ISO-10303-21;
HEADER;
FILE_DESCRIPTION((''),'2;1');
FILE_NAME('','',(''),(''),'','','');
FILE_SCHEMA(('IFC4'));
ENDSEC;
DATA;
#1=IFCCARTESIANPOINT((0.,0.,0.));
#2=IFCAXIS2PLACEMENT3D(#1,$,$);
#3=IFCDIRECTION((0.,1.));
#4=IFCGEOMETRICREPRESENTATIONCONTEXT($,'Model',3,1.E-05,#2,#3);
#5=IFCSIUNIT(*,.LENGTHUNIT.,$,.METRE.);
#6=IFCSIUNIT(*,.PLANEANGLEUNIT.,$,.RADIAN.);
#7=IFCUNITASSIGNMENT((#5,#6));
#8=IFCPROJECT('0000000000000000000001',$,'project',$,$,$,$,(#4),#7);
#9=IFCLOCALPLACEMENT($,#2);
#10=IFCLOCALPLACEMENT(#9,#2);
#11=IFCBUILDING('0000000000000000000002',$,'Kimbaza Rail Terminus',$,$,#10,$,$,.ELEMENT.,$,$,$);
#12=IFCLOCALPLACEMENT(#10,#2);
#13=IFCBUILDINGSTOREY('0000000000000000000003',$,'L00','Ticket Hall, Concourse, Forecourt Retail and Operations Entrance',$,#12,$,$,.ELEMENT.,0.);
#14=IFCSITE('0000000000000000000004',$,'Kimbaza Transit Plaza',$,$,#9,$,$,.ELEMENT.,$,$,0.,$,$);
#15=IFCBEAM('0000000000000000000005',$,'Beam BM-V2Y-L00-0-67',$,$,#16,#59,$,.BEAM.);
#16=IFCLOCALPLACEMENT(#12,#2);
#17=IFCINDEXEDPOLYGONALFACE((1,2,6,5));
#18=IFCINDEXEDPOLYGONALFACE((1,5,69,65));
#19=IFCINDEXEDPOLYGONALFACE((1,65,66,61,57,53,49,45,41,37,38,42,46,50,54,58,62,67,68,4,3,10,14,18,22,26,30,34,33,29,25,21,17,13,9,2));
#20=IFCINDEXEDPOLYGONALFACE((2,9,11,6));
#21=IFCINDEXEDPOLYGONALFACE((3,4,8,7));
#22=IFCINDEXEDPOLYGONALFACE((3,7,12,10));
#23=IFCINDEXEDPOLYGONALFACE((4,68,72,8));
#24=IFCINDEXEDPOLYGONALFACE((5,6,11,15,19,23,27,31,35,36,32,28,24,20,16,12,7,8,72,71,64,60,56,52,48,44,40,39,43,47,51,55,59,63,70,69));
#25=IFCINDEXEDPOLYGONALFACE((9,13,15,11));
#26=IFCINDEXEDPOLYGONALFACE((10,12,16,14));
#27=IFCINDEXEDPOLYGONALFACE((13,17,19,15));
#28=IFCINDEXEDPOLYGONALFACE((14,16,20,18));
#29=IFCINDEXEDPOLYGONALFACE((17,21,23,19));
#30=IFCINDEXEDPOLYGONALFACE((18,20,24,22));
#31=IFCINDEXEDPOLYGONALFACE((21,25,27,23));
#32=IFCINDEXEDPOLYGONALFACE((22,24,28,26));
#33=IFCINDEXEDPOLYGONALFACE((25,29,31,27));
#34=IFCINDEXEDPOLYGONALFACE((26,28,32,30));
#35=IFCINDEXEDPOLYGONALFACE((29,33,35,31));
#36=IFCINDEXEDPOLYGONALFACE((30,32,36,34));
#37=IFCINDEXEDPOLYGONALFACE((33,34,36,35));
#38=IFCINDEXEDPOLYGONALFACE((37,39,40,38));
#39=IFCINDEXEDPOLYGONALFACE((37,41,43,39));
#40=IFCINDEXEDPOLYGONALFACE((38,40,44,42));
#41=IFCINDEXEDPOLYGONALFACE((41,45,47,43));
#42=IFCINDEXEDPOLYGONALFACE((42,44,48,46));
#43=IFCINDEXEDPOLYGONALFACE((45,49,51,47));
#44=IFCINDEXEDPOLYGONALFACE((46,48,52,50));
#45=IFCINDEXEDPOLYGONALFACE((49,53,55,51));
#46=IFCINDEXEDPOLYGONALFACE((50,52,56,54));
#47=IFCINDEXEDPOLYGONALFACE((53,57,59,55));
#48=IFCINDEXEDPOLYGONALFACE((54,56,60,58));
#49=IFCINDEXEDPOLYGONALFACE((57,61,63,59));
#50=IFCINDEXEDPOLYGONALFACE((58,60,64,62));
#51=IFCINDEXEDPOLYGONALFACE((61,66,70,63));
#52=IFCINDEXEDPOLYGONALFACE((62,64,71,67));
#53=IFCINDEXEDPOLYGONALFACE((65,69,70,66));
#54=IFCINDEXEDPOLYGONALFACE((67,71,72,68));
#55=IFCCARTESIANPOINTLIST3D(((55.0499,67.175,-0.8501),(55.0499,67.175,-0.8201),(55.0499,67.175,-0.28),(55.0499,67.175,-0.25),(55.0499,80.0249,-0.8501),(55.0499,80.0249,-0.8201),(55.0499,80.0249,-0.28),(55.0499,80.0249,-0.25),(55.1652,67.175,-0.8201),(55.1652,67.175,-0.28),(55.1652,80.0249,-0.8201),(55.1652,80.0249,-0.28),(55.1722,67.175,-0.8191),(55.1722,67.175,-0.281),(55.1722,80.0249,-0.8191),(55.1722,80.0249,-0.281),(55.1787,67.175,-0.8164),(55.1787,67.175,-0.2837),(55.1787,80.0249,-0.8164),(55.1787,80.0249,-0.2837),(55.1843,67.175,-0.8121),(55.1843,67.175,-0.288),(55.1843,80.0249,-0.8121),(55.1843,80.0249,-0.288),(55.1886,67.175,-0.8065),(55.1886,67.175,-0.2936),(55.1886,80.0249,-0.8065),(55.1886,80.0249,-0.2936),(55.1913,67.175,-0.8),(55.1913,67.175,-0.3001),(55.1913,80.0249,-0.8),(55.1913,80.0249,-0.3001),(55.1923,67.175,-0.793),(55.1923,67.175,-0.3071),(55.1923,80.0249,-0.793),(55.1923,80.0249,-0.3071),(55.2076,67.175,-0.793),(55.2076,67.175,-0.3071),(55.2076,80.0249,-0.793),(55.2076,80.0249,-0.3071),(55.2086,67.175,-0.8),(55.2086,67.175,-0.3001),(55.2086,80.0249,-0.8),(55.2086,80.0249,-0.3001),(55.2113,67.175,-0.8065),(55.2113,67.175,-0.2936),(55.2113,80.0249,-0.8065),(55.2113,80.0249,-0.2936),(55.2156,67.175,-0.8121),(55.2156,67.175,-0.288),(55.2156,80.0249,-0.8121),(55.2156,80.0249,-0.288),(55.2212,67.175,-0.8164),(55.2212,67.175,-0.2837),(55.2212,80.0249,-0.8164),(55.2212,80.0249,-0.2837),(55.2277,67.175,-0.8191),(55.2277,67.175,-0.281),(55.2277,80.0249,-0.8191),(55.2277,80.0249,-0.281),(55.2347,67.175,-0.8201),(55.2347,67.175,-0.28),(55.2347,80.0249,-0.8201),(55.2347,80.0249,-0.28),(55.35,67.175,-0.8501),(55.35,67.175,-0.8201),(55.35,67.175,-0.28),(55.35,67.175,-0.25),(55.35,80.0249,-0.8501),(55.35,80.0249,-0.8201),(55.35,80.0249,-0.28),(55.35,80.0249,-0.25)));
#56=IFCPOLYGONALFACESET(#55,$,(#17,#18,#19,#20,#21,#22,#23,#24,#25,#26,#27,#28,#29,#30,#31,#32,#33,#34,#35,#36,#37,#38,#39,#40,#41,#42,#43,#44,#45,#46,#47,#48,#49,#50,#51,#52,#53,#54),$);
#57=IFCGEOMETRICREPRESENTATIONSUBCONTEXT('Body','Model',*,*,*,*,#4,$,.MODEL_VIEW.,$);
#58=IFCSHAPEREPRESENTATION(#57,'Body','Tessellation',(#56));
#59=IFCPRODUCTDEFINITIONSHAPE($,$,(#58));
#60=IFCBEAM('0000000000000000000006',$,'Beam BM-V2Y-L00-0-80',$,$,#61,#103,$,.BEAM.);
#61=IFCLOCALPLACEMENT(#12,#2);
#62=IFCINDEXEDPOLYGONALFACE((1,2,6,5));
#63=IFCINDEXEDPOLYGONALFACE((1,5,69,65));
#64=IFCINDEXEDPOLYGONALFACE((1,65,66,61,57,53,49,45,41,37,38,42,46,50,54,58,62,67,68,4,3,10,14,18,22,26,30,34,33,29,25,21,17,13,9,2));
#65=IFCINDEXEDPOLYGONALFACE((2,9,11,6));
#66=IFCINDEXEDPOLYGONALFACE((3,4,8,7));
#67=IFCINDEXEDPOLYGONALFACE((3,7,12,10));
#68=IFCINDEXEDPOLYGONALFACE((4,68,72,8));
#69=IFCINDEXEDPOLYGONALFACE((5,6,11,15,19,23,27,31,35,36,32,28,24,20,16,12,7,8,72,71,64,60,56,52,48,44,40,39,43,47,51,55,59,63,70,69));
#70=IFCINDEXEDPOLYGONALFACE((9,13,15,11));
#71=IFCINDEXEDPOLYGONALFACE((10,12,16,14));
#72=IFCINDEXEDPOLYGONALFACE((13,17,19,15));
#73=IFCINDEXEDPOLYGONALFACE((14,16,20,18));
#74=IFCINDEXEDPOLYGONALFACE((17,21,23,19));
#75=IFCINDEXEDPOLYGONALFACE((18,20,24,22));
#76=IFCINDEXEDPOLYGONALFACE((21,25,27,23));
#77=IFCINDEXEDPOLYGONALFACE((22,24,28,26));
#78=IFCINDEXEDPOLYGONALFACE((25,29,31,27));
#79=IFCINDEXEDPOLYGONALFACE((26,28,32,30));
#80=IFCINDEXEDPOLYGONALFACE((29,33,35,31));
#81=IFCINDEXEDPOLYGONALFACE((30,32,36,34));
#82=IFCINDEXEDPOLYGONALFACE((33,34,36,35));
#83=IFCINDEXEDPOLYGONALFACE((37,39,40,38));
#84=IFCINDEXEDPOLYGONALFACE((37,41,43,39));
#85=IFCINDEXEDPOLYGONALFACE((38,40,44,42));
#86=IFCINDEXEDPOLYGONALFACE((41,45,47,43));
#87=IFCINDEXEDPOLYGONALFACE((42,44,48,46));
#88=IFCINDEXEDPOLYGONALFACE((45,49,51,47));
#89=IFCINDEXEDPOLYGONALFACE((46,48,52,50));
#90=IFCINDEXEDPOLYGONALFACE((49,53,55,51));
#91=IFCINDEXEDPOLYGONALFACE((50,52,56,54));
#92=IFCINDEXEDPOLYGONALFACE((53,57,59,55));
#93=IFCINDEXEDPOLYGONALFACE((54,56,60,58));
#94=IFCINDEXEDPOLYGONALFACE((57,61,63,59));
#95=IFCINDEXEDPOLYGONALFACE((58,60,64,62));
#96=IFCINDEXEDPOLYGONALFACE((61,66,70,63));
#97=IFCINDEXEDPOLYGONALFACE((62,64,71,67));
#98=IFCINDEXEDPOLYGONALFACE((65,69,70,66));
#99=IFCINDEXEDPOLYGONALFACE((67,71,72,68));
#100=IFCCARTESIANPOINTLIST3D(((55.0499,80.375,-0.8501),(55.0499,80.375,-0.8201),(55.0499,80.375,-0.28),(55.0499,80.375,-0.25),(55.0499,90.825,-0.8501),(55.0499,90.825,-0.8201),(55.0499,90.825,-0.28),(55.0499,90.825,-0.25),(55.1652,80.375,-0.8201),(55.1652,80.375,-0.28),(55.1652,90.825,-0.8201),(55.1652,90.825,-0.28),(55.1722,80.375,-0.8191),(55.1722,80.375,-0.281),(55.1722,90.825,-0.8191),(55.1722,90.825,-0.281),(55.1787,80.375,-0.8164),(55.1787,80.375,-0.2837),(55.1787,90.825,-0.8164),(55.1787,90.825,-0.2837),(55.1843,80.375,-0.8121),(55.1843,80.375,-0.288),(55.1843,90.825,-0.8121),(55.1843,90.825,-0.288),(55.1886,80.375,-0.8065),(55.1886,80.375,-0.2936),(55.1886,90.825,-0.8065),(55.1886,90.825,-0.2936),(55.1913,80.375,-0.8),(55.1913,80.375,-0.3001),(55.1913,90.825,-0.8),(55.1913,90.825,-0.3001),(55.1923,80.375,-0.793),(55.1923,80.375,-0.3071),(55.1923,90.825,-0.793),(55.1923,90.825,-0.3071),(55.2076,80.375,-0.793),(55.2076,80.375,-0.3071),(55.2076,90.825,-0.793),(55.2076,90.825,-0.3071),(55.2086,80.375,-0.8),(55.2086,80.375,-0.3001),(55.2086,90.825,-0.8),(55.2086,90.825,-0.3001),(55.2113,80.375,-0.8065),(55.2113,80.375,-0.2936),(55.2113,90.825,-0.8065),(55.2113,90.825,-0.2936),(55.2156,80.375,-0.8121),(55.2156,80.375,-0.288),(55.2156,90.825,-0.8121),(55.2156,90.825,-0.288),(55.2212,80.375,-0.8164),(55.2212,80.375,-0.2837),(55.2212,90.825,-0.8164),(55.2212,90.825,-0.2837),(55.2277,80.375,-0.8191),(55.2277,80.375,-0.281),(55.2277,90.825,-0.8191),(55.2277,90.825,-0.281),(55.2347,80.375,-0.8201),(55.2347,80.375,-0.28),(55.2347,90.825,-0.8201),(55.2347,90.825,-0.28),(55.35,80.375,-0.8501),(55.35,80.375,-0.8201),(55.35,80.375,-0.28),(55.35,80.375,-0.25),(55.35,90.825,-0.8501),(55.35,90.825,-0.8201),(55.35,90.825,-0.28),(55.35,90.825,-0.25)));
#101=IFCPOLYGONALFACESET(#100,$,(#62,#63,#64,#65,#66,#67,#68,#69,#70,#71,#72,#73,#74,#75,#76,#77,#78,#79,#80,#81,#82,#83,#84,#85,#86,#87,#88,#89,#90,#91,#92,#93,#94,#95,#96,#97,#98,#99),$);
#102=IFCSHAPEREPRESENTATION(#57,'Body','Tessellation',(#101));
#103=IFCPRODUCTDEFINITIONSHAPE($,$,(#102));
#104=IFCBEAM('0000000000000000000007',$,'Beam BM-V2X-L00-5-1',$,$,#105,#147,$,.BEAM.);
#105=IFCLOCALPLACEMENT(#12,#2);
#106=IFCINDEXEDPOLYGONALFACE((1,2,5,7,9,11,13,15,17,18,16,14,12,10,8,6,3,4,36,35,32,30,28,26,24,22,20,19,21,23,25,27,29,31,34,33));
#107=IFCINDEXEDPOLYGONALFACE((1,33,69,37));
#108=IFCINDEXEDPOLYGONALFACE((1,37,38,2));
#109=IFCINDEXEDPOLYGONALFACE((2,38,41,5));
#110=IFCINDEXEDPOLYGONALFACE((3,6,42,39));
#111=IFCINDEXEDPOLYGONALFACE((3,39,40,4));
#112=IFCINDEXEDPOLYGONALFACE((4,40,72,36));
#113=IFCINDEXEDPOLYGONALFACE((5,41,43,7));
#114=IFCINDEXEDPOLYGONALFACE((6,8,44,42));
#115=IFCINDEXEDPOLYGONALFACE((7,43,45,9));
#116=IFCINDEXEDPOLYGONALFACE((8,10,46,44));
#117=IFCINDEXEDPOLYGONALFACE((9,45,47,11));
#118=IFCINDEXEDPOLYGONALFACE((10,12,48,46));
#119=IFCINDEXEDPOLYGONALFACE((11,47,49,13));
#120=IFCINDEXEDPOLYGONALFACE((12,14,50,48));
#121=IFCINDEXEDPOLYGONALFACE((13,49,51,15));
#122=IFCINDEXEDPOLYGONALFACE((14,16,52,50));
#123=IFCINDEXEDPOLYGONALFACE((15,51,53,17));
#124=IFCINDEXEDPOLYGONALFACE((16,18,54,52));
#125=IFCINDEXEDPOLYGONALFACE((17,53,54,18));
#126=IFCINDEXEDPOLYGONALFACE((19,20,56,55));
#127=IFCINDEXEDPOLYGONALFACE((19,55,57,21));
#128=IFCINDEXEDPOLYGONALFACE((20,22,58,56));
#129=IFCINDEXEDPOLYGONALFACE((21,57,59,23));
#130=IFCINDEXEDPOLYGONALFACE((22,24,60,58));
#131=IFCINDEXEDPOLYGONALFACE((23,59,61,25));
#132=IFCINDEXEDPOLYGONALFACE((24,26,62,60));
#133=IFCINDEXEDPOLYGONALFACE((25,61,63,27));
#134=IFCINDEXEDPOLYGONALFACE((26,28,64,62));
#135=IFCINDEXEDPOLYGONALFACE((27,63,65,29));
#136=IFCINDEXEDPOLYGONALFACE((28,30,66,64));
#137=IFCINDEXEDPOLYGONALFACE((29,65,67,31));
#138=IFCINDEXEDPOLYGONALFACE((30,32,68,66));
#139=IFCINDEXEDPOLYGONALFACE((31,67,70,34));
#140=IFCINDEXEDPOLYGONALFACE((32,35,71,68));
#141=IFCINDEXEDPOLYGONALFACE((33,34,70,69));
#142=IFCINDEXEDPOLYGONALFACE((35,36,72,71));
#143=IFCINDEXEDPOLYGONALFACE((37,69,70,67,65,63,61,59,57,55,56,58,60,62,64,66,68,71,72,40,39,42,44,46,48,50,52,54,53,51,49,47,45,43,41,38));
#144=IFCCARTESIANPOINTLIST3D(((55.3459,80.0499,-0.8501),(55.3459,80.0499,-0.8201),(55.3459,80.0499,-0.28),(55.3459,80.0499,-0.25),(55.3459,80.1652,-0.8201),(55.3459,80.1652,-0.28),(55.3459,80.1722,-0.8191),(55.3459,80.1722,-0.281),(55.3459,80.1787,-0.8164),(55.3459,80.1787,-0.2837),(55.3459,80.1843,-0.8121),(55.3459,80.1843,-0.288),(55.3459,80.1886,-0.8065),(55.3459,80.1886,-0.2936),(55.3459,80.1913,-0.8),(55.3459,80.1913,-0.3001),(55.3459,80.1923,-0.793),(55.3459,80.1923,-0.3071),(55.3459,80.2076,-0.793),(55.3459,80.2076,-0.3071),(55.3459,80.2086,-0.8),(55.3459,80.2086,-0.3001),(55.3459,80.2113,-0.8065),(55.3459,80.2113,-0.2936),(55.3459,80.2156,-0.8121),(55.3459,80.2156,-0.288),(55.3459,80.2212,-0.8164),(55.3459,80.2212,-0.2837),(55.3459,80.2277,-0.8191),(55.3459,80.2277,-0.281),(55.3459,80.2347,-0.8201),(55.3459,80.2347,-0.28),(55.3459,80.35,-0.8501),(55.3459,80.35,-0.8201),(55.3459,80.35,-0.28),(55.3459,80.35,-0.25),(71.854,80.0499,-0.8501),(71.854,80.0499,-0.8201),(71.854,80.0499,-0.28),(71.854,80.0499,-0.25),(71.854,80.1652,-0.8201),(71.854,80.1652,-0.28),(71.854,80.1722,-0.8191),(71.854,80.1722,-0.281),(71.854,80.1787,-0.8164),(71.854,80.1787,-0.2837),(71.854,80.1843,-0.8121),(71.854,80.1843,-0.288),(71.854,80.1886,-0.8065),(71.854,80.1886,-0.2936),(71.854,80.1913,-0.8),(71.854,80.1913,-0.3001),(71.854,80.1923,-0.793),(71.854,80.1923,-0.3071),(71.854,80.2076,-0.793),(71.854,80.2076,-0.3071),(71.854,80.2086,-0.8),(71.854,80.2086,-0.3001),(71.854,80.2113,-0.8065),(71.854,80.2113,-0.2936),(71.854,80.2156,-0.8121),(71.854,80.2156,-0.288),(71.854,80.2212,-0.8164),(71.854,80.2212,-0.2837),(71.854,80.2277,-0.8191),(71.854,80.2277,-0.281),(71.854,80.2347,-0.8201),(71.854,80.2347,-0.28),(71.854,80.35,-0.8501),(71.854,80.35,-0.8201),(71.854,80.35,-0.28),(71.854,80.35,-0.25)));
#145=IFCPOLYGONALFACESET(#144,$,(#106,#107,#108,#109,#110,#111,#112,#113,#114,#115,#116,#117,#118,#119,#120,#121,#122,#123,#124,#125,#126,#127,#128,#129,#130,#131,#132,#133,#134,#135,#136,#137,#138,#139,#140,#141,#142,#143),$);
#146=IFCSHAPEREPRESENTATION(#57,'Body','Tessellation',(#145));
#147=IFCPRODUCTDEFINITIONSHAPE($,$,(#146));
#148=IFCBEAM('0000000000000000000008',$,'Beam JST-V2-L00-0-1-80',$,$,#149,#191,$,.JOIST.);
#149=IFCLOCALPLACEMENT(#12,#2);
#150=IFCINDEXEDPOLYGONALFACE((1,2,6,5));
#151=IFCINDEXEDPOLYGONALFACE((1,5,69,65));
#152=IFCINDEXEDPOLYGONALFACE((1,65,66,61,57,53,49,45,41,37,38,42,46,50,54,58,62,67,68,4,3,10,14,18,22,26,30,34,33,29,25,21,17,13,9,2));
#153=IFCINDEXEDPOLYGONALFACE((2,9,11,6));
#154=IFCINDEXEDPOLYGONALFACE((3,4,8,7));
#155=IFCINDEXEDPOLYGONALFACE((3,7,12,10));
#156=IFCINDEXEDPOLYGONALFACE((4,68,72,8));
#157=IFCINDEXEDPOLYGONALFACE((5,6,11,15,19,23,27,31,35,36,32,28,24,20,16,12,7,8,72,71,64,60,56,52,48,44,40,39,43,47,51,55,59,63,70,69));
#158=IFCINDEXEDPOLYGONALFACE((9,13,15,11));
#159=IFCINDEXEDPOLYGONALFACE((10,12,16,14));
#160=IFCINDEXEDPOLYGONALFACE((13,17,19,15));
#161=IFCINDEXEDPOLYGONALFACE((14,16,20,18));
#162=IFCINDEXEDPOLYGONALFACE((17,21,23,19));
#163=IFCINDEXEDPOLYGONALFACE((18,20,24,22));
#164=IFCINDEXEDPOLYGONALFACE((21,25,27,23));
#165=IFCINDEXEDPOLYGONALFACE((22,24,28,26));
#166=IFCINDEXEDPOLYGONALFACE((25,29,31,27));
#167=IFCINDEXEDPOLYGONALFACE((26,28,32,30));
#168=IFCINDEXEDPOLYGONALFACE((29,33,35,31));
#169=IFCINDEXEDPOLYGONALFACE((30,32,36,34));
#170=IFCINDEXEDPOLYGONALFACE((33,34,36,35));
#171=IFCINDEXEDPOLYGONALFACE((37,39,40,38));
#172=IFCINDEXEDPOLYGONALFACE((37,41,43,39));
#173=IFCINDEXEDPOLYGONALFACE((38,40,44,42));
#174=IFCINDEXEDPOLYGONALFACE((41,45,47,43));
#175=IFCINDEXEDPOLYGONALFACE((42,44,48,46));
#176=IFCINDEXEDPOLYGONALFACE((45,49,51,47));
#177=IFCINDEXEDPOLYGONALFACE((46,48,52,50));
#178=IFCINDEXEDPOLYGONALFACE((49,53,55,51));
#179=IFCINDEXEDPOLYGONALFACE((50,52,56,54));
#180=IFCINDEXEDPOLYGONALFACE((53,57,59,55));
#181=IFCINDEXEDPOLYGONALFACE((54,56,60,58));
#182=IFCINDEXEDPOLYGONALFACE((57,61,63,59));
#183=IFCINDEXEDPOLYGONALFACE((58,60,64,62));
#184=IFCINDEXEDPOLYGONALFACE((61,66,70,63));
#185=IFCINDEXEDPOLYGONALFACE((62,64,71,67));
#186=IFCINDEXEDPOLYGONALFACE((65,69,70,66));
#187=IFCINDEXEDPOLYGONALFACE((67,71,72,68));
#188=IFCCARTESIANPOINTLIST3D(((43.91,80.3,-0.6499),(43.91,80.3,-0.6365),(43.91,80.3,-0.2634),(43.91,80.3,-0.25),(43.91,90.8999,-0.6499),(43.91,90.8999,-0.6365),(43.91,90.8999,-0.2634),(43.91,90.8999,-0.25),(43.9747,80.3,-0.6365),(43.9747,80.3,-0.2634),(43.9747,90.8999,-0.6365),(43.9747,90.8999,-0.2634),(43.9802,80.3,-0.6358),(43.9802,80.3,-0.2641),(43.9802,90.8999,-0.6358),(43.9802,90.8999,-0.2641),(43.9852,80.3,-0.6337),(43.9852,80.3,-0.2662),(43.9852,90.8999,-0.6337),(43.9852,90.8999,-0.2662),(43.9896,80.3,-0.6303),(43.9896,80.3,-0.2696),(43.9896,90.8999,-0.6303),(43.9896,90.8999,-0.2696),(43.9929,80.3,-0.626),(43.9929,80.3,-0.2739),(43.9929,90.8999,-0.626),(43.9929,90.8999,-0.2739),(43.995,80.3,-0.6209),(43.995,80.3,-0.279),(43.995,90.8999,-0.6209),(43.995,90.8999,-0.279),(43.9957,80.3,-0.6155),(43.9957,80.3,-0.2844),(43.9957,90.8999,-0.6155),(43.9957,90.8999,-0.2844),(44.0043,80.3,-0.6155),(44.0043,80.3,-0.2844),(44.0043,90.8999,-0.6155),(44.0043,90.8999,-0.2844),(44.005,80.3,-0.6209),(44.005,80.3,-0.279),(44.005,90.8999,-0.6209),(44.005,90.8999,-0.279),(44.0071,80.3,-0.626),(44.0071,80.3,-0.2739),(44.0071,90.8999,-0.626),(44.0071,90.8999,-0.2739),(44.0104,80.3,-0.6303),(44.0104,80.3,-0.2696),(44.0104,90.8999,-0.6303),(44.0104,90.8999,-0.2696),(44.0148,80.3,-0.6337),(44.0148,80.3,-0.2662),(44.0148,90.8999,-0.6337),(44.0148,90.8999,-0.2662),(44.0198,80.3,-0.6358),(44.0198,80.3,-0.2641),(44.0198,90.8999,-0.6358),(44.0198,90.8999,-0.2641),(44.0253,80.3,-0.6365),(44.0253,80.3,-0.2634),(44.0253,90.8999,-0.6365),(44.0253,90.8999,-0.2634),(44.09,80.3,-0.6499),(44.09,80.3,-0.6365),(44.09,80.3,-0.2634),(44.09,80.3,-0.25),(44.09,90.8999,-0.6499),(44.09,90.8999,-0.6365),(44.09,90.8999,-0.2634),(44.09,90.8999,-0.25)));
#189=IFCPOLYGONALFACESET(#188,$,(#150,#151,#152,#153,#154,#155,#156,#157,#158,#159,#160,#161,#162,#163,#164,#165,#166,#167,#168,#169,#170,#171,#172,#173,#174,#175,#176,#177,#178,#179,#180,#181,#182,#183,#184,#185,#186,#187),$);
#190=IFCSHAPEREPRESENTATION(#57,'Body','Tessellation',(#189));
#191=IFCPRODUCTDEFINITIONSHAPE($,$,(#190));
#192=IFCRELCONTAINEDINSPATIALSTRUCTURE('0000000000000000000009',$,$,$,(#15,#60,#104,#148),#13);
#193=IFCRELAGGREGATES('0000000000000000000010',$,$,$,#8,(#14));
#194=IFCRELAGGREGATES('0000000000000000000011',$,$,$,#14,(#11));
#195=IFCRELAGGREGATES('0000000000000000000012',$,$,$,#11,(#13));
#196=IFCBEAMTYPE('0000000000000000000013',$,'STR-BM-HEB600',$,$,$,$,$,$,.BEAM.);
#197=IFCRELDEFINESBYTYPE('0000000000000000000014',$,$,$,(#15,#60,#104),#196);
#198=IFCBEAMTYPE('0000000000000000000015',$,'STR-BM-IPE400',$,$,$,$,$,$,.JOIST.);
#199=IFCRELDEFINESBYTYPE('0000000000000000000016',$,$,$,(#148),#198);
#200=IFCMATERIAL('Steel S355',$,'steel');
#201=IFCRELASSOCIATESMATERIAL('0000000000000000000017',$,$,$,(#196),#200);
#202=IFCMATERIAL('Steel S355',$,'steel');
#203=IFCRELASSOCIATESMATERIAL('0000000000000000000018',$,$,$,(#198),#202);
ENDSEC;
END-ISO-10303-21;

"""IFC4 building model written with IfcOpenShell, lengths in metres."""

from ifc_helpers import new_model, si_unit, direction, frame, origin, origin_2d, place, context, subcontext, project, spatial, i_section, extrude, material, material_profile, profile_set, type_object, element, save


model = new_model("IFC4")

# Units and contexts
model_context = context("Model", 3, precision=1e-05, world=origin(), true_north=direction((0.0, 1.0)))
body_context = subcontext(model_context, "Body", "Model", "MODEL_VIEW")
ifc_project = project(units=[si_unit("LENGTHUNIT", "METRE"), si_unit("PLANEANGLEUNIT", "RADIAN")], contexts=[model_context])

# Site, building, storey
site_placement = place(None, origin())
site = spatial("IfcSite", under=ifc_project, at=site_placement, Name="Kimbaza Transit Plaza", CompositionType="ELEMENT", RefElevation=0.0)
building_placement = place(site_placement, origin())
building = spatial("IfcBuilding", under=site, at=building_placement, Name="Kimbaza Rail Terminus", CompositionType="ELEMENT")
storey_placement = place(building_placement, origin())
storey = spatial("IfcBuildingStorey", under=building, at=storey_placement, Name="L00", Description="Ticket Hall, Concourse, Forecourt Retail and Operations Entrance", CompositionType="ELEMENT", Elevation=0.0)

# Beams
ifc_material_1 = material(Name="Steel S355", Category="steel")
ifc_material_profile_1 = material_profile(ifc_material_1, i_section(OverallWidth=0.3, OverallDepth=0.6001, WebThickness=0.0154, FlangeThickness=0.03, FilletRadius=0.0271, at=origin_2d()), Name="HEB 600")
ifc_profile_set_1 = profile_set([ifc_material_profile_1], Name="Steel S355")
beam_type_1 = type_object("IfcBeamType", Name="STR-BM-HEB600", PredefinedType="BEAM", material=ifc_profile_set_1)
beam_1_placement = place(storey_placement, frame((55.2, 67.175, -0.55), z_axis=(0.0, 1.0, 0.0), x_axis=(-1.0, 0.0, 0.0)))
element("IfcBeam", 1, at=beam_1_placement, inside=storey, type_object=beam_type_1, Name="Beam BM-V2Y-L00-0-67", PredefinedType="BEAM", context=body_context, shape_type="SweptSolid", body=[
    extrude(i_section(OverallWidth=0.3, OverallDepth=0.6001, WebThickness=0.0154, FlangeThickness=0.03, FilletRadius=0.0271, at=origin_2d()), origin(), (0.0, 0.0, 1.0), 12.8499),
])
beam_2_placement = place(storey_placement, frame((55.2, 80.375, -0.55), z_axis=(0.0, 1.0, 0.0), x_axis=(-1.0, 0.0, 0.0)))
element("IfcBeam", 2, at=beam_2_placement, inside=storey, type_object=beam_type_1, Name="Beam BM-V2Y-L00-0-80", PredefinedType="BEAM", context=body_context, shape_type="SweptSolid", body=[
    extrude(i_section(OverallWidth=0.3, OverallDepth=0.6001, WebThickness=0.0154, FlangeThickness=0.03, FilletRadius=0.0271, at=origin_2d()), origin(), (0.0, 0.0, 1.0), 10.45),
])
beam_3_placement = place(storey_placement, frame((55.3459, 80.2, -0.55), z_axis=(1.0, 0.0, 0.0), x_axis=(0.0, 1.0, 0.0)))
element("IfcBeam", 3, at=beam_3_placement, inside=storey, type_object=beam_type_1, Name="Beam BM-V2X-L00-5-1", PredefinedType="BEAM", context=body_context, shape_type="SweptSolid", body=[
    extrude(i_section(OverallWidth=0.3, OverallDepth=0.6001, WebThickness=0.0154, FlangeThickness=0.03, FilletRadius=0.0271, at=origin_2d()), origin(), (0.0, 0.0, 1.0), 16.5081),
])
ifc_material_2 = material(Name="Steel S355", Category="steel")
ifc_material_profile_2 = material_profile(ifc_material_2, i_section(OverallWidth=0.1799, OverallDepth=0.3999, WebThickness=0.0085, FlangeThickness=0.0134, FilletRadius=0.021, at=origin_2d()), Name="IPE 400")
ifc_profile_set_2 = profile_set([ifc_material_profile_2], Name="Steel S355")
beam_type_2 = type_object("IfcBeamType", Name="STR-BM-IPE400", PredefinedType="JOIST", material=ifc_profile_set_2)
beam_4_placement = place(storey_placement, frame((44.0, 80.3, -0.45), z_axis=(0.0, 1.0, 0.0), x_axis=(-1.0, 0.0, 0.0)))
element("IfcBeam", 4, at=beam_4_placement, inside=storey, type_object=beam_type_2, Name="Beam JST-V2-L00-0-1-80", PredefinedType="JOIST", context=body_context, shape_type="SweptSolid", body=[
    extrude(i_section(OverallWidth=0.1799, OverallDepth=0.3999, WebThickness=0.0085, FlangeThickness=0.0134, FilletRadius=0.021, at=origin_2d()), origin(), (0.0, 0.0, 1.0), 10.5999),
])

save(model, "model.ifc")
